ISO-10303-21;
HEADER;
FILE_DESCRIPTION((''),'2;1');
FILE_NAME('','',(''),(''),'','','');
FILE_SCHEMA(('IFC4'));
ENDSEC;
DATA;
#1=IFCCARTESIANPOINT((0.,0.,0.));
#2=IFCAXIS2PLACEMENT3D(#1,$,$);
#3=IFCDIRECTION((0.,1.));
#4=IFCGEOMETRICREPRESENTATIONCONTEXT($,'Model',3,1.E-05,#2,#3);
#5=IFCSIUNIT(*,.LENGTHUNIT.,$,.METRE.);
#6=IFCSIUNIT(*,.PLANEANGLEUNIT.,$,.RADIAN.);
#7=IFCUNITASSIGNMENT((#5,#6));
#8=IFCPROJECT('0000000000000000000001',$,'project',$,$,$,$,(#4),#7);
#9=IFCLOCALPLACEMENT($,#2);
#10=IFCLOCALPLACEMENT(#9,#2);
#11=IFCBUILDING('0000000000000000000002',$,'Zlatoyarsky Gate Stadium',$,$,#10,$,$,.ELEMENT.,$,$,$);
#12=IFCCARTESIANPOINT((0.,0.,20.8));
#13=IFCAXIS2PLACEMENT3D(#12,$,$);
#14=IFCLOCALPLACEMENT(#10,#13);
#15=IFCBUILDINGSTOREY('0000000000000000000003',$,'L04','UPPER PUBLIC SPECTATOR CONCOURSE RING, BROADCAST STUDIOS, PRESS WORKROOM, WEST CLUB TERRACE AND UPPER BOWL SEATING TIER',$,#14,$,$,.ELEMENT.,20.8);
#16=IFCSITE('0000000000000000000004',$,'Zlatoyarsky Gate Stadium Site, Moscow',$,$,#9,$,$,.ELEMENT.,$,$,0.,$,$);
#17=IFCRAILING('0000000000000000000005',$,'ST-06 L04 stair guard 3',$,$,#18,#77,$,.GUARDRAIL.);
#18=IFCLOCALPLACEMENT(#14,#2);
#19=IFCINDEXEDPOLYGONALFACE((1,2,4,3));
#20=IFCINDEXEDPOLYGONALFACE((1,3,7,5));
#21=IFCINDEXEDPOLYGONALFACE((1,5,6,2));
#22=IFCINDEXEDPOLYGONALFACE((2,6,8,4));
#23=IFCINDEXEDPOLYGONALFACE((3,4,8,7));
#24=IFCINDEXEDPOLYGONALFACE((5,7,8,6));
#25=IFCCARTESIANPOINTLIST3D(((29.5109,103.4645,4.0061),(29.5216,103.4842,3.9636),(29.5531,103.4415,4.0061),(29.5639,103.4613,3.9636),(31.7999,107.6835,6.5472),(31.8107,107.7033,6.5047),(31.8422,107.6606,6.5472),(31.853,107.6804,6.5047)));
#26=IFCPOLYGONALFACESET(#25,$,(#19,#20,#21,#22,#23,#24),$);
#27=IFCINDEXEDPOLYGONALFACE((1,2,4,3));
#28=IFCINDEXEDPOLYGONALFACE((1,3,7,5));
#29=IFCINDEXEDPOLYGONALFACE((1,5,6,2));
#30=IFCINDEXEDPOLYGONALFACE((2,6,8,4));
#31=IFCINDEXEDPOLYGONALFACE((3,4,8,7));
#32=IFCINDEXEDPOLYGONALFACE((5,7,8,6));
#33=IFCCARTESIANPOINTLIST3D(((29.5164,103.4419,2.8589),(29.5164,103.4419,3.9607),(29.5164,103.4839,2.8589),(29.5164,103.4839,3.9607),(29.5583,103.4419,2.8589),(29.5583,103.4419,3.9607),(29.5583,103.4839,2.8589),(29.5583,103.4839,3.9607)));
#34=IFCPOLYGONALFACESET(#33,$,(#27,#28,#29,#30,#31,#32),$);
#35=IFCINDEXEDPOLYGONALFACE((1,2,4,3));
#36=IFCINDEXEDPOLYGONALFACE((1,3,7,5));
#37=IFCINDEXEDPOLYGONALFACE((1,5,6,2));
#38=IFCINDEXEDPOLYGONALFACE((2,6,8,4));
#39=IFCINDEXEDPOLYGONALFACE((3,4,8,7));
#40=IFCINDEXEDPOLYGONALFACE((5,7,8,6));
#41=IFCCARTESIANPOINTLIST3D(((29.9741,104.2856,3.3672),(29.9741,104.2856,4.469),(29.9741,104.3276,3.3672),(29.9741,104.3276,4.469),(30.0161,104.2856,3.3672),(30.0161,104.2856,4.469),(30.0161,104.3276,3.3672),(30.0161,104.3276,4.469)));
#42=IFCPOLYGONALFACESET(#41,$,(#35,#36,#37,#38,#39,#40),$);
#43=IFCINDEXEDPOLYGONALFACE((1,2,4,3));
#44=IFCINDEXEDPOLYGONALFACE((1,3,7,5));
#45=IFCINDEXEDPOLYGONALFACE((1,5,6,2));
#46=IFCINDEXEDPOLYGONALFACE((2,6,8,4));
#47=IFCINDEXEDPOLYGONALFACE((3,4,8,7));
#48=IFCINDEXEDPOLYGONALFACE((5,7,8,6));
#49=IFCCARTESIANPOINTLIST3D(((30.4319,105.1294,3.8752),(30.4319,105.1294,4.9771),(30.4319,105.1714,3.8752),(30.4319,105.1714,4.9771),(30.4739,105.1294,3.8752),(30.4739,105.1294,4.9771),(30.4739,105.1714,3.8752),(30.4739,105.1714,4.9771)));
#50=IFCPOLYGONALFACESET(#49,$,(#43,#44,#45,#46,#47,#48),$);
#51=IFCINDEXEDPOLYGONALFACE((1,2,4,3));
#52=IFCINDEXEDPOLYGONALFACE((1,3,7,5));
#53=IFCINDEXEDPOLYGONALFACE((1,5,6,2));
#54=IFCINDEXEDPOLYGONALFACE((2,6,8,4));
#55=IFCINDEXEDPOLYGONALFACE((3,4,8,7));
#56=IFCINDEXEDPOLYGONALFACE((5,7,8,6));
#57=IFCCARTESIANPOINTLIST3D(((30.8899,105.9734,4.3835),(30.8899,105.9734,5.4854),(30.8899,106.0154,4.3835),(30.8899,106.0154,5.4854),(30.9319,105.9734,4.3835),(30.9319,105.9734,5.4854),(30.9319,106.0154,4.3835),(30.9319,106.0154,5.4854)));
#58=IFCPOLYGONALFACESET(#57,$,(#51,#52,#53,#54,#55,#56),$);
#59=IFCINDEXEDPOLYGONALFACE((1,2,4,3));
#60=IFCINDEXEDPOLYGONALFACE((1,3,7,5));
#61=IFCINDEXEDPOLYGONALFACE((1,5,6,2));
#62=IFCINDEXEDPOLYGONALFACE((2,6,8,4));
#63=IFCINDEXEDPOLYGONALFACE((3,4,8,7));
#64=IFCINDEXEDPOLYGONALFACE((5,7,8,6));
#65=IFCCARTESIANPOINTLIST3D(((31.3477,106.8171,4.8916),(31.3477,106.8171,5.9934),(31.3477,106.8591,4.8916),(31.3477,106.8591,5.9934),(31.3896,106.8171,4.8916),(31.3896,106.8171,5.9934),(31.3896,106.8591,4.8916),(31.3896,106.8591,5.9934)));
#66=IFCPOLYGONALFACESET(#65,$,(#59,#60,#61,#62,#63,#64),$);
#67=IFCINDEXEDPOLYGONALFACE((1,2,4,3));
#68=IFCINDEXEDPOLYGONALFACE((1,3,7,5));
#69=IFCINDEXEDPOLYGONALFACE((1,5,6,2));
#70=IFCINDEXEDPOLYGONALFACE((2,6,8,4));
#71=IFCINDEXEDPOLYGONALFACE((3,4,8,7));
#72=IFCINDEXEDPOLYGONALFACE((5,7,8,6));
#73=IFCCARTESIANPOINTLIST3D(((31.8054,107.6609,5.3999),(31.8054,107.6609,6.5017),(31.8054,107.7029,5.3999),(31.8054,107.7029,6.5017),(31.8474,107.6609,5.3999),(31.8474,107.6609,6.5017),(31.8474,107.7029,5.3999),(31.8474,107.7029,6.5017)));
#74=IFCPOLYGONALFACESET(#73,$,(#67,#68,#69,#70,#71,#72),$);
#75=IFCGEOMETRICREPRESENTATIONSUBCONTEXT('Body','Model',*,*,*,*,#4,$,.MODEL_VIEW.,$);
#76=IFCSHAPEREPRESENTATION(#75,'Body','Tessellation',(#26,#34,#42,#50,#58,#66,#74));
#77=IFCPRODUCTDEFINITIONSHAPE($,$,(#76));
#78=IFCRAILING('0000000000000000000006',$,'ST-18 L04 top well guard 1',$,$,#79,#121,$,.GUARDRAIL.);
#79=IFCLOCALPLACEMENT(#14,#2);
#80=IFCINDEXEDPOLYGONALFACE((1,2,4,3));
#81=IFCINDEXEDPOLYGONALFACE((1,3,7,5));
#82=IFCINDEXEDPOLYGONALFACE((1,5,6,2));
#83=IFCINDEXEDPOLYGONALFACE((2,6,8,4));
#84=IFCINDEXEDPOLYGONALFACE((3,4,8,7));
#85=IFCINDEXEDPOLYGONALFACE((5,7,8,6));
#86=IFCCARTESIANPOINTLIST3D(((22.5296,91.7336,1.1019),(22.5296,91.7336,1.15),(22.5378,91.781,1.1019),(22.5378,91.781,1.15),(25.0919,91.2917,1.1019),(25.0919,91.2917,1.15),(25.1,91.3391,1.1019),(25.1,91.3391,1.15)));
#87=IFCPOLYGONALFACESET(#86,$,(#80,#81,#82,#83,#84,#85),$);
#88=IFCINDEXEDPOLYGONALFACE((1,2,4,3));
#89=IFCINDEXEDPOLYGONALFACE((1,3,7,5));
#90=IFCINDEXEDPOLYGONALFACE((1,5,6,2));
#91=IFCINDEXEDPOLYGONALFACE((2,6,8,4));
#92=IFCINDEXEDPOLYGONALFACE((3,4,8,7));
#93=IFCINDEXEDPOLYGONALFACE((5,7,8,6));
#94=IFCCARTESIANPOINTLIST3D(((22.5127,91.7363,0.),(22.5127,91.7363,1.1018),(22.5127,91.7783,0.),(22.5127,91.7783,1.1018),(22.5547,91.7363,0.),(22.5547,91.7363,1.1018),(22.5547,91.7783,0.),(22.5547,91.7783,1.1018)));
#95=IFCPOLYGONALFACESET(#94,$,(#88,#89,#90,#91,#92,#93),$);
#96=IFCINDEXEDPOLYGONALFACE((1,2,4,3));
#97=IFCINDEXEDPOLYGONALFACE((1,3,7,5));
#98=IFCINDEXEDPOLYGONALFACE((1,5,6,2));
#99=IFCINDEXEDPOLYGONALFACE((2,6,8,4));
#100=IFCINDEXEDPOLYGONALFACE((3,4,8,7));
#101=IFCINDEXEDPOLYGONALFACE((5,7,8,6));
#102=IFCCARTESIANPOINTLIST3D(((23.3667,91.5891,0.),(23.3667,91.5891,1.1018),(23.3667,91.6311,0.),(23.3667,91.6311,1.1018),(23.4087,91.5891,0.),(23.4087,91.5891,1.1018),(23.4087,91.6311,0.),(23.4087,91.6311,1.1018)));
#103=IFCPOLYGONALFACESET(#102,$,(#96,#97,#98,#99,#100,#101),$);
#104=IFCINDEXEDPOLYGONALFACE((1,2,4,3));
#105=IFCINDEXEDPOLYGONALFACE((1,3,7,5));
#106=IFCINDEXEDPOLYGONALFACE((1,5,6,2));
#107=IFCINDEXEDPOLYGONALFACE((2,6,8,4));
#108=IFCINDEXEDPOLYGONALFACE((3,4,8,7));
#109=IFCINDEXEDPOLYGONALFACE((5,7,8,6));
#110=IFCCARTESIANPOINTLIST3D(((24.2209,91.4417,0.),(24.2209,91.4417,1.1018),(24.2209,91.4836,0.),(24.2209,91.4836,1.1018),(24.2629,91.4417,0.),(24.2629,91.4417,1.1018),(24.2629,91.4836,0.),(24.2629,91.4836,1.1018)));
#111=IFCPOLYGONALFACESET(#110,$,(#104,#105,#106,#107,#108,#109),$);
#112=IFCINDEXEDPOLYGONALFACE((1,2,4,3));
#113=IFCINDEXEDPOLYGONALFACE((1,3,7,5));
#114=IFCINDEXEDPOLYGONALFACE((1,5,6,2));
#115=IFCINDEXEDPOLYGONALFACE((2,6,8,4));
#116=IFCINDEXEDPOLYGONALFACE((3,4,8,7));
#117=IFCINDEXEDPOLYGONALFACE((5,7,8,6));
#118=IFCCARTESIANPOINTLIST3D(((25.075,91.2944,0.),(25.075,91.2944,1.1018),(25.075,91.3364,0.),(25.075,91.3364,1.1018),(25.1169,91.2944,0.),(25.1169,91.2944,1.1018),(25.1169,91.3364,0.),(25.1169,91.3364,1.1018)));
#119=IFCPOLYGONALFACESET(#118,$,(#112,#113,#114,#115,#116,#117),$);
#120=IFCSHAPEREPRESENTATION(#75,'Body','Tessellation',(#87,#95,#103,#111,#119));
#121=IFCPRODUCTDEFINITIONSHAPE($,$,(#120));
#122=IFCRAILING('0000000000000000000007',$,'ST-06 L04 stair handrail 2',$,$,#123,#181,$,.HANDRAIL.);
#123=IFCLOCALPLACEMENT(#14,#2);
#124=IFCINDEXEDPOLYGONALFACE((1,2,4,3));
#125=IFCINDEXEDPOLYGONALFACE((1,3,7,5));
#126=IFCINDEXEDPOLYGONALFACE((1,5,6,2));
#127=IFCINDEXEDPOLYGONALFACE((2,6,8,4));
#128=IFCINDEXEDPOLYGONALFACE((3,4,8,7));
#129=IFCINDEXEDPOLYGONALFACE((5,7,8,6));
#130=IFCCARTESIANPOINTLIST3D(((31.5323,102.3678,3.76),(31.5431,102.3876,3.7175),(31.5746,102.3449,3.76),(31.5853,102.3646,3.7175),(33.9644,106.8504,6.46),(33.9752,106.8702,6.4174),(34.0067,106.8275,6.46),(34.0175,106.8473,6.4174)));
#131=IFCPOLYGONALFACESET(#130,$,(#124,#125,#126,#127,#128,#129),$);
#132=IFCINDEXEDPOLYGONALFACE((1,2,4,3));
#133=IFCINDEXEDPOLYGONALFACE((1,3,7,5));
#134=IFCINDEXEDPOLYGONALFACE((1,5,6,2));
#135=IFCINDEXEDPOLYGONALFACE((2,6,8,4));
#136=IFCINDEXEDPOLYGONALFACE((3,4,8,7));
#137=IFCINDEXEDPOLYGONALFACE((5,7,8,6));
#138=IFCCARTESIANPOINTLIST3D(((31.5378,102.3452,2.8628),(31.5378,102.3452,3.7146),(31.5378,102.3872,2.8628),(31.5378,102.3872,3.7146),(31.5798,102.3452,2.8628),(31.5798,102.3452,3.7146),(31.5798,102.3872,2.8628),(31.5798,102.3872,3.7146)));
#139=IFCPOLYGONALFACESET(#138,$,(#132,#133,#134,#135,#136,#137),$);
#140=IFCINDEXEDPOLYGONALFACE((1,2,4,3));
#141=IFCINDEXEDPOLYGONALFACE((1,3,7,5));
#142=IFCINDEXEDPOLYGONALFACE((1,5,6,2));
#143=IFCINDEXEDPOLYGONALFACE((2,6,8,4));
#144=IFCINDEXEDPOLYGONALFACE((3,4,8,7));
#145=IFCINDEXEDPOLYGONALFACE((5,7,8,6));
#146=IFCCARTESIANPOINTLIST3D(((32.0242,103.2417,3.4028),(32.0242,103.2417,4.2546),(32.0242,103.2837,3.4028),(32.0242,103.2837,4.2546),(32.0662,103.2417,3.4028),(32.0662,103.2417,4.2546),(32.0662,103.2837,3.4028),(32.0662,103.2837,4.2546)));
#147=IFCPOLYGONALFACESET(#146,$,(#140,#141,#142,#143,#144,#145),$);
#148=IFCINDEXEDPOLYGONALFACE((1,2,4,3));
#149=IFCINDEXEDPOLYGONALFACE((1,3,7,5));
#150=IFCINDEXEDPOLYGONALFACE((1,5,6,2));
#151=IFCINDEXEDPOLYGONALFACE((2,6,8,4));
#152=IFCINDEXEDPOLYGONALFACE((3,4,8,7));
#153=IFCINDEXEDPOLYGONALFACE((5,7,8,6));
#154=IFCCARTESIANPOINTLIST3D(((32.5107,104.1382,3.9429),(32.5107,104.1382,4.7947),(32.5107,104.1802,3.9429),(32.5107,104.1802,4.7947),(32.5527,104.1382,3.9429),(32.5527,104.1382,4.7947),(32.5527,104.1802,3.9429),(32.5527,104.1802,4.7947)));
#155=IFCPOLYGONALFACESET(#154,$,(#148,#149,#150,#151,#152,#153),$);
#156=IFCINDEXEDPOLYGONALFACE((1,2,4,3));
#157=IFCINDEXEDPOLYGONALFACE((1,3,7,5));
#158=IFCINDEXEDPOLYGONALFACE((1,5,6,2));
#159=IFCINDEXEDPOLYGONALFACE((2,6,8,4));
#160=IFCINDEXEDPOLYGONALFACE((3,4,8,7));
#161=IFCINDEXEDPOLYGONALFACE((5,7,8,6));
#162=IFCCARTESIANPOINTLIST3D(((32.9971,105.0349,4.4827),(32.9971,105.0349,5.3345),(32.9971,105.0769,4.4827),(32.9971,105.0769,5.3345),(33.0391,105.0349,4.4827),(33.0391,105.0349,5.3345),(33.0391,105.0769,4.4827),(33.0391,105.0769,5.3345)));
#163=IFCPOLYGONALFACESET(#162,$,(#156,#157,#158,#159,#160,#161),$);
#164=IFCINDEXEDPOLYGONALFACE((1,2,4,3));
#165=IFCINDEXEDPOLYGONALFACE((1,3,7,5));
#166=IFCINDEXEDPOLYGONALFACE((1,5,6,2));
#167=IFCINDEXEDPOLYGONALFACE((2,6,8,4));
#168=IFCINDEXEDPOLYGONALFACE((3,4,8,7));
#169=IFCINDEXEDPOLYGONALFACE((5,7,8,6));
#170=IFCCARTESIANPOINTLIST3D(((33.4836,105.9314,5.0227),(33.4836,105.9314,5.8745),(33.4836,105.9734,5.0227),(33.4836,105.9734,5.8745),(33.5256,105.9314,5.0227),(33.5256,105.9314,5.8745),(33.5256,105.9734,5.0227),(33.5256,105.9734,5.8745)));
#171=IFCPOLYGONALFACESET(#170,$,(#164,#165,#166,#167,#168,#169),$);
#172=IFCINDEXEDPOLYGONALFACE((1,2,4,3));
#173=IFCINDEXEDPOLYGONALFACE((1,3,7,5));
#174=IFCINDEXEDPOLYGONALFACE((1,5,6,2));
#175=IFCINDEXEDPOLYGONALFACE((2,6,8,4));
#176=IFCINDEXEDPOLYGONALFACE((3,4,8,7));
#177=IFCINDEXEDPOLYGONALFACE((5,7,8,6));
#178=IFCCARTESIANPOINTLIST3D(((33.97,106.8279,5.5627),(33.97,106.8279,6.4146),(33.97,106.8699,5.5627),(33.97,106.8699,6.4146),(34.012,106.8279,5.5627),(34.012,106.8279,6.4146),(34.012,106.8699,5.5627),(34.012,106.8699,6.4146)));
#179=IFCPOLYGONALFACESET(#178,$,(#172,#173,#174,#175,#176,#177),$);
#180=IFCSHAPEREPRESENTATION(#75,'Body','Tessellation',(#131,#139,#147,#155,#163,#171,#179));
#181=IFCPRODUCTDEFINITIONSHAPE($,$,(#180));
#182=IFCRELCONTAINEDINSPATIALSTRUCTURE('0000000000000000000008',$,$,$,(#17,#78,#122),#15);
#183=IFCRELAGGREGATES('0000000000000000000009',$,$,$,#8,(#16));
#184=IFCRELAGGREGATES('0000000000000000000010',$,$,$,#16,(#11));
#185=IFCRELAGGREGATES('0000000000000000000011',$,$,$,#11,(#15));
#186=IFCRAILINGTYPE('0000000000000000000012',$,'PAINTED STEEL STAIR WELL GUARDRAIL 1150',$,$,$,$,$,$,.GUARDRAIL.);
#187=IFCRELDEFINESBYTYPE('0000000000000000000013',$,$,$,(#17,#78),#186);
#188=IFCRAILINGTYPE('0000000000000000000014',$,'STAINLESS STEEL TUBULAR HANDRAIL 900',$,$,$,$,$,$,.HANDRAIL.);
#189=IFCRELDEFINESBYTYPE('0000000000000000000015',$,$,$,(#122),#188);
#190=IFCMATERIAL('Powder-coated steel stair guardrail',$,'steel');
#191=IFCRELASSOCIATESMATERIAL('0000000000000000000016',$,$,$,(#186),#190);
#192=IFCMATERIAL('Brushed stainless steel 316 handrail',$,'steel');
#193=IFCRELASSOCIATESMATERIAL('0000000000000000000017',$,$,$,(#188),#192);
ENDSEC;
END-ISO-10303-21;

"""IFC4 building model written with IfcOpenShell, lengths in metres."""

from ifc_helpers import new_model, si_unit, direction, frame, origin, origin_2d, place, context, subcontext, project, spatial, rectangle, extrude, material, type_object, element, save


model = new_model("IFC4")

# Units and contexts
model_context = context("Model", 3, precision=1e-05, world=origin(), true_north=direction((0.0, 1.0)))
body_context = subcontext(model_context, "Body", "Model", "MODEL_VIEW")
ifc_project = project(units=[si_unit("LENGTHUNIT", "METRE"), si_unit("PLANEANGLEUNIT", "RADIAN")], contexts=[model_context])

# Site, building, storey
site_placement = place(None, origin())
site = spatial("IfcSite", under=ifc_project, at=site_placement, Name="Zlatoyarsky Gate Stadium Site, Moscow", CompositionType="ELEMENT", RefElevation=0.0)
building_placement = place(site_placement, origin())
building = spatial("IfcBuilding", under=site, at=building_placement, Name="Zlatoyarsky Gate Stadium", CompositionType="ELEMENT")
storey_placement = place(building_placement, frame((0.0, 0.0, 20.8)))
storey = spatial("IfcBuildingStorey", under=building, at=storey_placement, Name="L04", Description="UPPER PUBLIC SPECTATOR CONCOURSE RING, BROADCAST STUDIOS, PRESS WORKROOM, WEST CLUB TERRACE AND UPPER BOWL SEATING TIER", CompositionType="ELEMENT", Elevation=20.8)

# Railings
ifc_material_1 = material(Name="Powder-coated steel stair guardrail", Category="steel")
railing_type_1 = type_object("IfcRailingType", Name="PAINTED STEEL STAIR WELL GUARDRAIL 1150", PredefinedType="GUARDRAIL", material=ifc_material_1)
railing_1_placement = place(storey_placement, frame((29.5374, 103.4629, 2.8589)))
element("IfcRailing", 1, at=railing_1_placement, inside=storey, type_object=railing_type_1, Name="ST-06 L04 stair guard 3", PredefinedType="GUARDRAIL", context=body_context, shape_type="SweptSolid", body=[
    extrude(rectangle(XDim=0.0481, YDim=0.0481, at=origin_2d()), frame((0.0, 0.0, 1.126), z_axis=(0.421476, 0.776826, 0.467867), x_axis=(-0.878962, 0.476891, 0.0)), (0.0, 0.0, 1.0), 5.4312),
    extrude(rectangle(XDim=0.042, YDim=0.042, at=origin_2d()), origin(), (0.0, 0.0, 1.0), 1.1018),
    extrude(rectangle(XDim=0.042, YDim=0.042, at=origin_2d()), frame((0.4578, 0.8438, 0.5083)), (0.0, 0.0, 1.0), 1.1018),
    extrude(rectangle(XDim=0.042, YDim=0.042, at=origin_2d()), frame((0.9155, 1.6875, 1.0164)), (0.0, 0.0, 1.0), 1.1018),
    extrude(rectangle(XDim=0.042, YDim=0.042, at=origin_2d()), frame((1.3735, 2.5315, 1.5247)), (0.0, 0.0, 1.0), 1.1018),
    extrude(rectangle(XDim=0.042, YDim=0.042, at=origin_2d()), frame((1.8313, 3.3752, 2.0327)), (0.0, 0.0, 1.0), 1.1018),
    extrude(rectangle(XDim=0.042, YDim=0.042, at=origin_2d()), frame((2.2891, 4.219, 2.541)), (0.0, 0.0, 1.0), 1.1018),
])
railing_2_placement = place(storey_placement, frame((22.5337, 91.7573, 0.0)))
element("IfcRailing", 2, at=railing_2_placement, inside=storey, type_object=railing_type_1, Name="ST-18 L04 top well guard 1", PredefinedType="GUARDRAIL", context=body_context, shape_type="SweptSolid", body=[
    extrude(rectangle(XDim=0.0481, YDim=0.0481, at=origin_2d()), frame((0.0, 0.0, 1.126), z_axis=(0.985452, -0.169954, 0.0), x_axis=(0.169954, 0.985452, 0.0)), (0.0, 0.0, 1.0), 2.6001),
    extrude(rectangle(XDim=0.042, YDim=0.042, at=origin_2d()), origin(), (0.0, 0.0, 1.0), 1.1018),
    extrude(rectangle(XDim=0.042, YDim=0.042, at=origin_2d()), frame((0.854, -0.1472, 0.0)), (0.0, 0.0, 1.0), 1.1018),
    extrude(rectangle(XDim=0.042, YDim=0.042, at=origin_2d()), frame((1.7083, -0.2947, 0.0)), (0.0, 0.0, 1.0), 1.1018),
    extrude(rectangle(XDim=0.042, YDim=0.042, at=origin_2d()), frame((2.5623, -0.4419, 0.0)), (0.0, 0.0, 1.0), 1.1018),
])
ifc_material_2 = material(Name="Brushed stainless steel 316 handrail", Category="steel")
railing_type_2 = type_object("IfcRailingType", Name="STAINLESS STEEL TUBULAR HANDRAIL 900", PredefinedType="HANDRAIL", material=ifc_material_2)
railing_3_placement = place(storey_placement, frame((31.5588, 102.3662, 2.8628)))
element("IfcRailing", 3, at=railing_3_placement, inside=storey, type_object=railing_type_2, Name="ST-06 L04 stair handrail 2", PredefinedType="HANDRAIL", context=body_context, shape_type="SweptSolid", body=[
    extrude(rectangle(XDim=0.0481, YDim=0.0481, at=origin_2d()), frame((0.0, 0.0, 0.876), z_axis=(0.421472, 0.776817, 0.467884), x_axis=(-0.878962, 0.476892, 0.0)), (0.0, 0.0, 1.0), 5.7705),
    extrude(rectangle(XDim=0.042, YDim=0.042, at=origin_2d()), origin(), (0.0, 0.0, 1.0), 0.8518),
    extrude(rectangle(XDim=0.042, YDim=0.042, at=origin_2d()), frame((0.4863, 0.8965, 0.54)), (0.0, 0.0, 1.0), 0.8518),
    extrude(rectangle(XDim=0.042, YDim=0.042, at=origin_2d()), frame((0.9729, 1.793, 1.0801)), (0.0, 0.0, 1.0), 0.8518),
    extrude(rectangle(XDim=0.042, YDim=0.042, at=origin_2d()), frame((1.4592, 2.6897, 1.6199)), (0.0, 0.0, 1.0), 0.8518),
    extrude(rectangle(XDim=0.042, YDim=0.042, at=origin_2d()), frame((1.9458, 3.5862, 2.1599)), (0.0, 0.0, 1.0), 0.8518),
    extrude(rectangle(XDim=0.042, YDim=0.042, at=origin_2d()), frame((2.4321, 4.4827, 2.7)), (0.0, 0.0, 1.0), 0.8518),
])

save(model, "model.ifc")
